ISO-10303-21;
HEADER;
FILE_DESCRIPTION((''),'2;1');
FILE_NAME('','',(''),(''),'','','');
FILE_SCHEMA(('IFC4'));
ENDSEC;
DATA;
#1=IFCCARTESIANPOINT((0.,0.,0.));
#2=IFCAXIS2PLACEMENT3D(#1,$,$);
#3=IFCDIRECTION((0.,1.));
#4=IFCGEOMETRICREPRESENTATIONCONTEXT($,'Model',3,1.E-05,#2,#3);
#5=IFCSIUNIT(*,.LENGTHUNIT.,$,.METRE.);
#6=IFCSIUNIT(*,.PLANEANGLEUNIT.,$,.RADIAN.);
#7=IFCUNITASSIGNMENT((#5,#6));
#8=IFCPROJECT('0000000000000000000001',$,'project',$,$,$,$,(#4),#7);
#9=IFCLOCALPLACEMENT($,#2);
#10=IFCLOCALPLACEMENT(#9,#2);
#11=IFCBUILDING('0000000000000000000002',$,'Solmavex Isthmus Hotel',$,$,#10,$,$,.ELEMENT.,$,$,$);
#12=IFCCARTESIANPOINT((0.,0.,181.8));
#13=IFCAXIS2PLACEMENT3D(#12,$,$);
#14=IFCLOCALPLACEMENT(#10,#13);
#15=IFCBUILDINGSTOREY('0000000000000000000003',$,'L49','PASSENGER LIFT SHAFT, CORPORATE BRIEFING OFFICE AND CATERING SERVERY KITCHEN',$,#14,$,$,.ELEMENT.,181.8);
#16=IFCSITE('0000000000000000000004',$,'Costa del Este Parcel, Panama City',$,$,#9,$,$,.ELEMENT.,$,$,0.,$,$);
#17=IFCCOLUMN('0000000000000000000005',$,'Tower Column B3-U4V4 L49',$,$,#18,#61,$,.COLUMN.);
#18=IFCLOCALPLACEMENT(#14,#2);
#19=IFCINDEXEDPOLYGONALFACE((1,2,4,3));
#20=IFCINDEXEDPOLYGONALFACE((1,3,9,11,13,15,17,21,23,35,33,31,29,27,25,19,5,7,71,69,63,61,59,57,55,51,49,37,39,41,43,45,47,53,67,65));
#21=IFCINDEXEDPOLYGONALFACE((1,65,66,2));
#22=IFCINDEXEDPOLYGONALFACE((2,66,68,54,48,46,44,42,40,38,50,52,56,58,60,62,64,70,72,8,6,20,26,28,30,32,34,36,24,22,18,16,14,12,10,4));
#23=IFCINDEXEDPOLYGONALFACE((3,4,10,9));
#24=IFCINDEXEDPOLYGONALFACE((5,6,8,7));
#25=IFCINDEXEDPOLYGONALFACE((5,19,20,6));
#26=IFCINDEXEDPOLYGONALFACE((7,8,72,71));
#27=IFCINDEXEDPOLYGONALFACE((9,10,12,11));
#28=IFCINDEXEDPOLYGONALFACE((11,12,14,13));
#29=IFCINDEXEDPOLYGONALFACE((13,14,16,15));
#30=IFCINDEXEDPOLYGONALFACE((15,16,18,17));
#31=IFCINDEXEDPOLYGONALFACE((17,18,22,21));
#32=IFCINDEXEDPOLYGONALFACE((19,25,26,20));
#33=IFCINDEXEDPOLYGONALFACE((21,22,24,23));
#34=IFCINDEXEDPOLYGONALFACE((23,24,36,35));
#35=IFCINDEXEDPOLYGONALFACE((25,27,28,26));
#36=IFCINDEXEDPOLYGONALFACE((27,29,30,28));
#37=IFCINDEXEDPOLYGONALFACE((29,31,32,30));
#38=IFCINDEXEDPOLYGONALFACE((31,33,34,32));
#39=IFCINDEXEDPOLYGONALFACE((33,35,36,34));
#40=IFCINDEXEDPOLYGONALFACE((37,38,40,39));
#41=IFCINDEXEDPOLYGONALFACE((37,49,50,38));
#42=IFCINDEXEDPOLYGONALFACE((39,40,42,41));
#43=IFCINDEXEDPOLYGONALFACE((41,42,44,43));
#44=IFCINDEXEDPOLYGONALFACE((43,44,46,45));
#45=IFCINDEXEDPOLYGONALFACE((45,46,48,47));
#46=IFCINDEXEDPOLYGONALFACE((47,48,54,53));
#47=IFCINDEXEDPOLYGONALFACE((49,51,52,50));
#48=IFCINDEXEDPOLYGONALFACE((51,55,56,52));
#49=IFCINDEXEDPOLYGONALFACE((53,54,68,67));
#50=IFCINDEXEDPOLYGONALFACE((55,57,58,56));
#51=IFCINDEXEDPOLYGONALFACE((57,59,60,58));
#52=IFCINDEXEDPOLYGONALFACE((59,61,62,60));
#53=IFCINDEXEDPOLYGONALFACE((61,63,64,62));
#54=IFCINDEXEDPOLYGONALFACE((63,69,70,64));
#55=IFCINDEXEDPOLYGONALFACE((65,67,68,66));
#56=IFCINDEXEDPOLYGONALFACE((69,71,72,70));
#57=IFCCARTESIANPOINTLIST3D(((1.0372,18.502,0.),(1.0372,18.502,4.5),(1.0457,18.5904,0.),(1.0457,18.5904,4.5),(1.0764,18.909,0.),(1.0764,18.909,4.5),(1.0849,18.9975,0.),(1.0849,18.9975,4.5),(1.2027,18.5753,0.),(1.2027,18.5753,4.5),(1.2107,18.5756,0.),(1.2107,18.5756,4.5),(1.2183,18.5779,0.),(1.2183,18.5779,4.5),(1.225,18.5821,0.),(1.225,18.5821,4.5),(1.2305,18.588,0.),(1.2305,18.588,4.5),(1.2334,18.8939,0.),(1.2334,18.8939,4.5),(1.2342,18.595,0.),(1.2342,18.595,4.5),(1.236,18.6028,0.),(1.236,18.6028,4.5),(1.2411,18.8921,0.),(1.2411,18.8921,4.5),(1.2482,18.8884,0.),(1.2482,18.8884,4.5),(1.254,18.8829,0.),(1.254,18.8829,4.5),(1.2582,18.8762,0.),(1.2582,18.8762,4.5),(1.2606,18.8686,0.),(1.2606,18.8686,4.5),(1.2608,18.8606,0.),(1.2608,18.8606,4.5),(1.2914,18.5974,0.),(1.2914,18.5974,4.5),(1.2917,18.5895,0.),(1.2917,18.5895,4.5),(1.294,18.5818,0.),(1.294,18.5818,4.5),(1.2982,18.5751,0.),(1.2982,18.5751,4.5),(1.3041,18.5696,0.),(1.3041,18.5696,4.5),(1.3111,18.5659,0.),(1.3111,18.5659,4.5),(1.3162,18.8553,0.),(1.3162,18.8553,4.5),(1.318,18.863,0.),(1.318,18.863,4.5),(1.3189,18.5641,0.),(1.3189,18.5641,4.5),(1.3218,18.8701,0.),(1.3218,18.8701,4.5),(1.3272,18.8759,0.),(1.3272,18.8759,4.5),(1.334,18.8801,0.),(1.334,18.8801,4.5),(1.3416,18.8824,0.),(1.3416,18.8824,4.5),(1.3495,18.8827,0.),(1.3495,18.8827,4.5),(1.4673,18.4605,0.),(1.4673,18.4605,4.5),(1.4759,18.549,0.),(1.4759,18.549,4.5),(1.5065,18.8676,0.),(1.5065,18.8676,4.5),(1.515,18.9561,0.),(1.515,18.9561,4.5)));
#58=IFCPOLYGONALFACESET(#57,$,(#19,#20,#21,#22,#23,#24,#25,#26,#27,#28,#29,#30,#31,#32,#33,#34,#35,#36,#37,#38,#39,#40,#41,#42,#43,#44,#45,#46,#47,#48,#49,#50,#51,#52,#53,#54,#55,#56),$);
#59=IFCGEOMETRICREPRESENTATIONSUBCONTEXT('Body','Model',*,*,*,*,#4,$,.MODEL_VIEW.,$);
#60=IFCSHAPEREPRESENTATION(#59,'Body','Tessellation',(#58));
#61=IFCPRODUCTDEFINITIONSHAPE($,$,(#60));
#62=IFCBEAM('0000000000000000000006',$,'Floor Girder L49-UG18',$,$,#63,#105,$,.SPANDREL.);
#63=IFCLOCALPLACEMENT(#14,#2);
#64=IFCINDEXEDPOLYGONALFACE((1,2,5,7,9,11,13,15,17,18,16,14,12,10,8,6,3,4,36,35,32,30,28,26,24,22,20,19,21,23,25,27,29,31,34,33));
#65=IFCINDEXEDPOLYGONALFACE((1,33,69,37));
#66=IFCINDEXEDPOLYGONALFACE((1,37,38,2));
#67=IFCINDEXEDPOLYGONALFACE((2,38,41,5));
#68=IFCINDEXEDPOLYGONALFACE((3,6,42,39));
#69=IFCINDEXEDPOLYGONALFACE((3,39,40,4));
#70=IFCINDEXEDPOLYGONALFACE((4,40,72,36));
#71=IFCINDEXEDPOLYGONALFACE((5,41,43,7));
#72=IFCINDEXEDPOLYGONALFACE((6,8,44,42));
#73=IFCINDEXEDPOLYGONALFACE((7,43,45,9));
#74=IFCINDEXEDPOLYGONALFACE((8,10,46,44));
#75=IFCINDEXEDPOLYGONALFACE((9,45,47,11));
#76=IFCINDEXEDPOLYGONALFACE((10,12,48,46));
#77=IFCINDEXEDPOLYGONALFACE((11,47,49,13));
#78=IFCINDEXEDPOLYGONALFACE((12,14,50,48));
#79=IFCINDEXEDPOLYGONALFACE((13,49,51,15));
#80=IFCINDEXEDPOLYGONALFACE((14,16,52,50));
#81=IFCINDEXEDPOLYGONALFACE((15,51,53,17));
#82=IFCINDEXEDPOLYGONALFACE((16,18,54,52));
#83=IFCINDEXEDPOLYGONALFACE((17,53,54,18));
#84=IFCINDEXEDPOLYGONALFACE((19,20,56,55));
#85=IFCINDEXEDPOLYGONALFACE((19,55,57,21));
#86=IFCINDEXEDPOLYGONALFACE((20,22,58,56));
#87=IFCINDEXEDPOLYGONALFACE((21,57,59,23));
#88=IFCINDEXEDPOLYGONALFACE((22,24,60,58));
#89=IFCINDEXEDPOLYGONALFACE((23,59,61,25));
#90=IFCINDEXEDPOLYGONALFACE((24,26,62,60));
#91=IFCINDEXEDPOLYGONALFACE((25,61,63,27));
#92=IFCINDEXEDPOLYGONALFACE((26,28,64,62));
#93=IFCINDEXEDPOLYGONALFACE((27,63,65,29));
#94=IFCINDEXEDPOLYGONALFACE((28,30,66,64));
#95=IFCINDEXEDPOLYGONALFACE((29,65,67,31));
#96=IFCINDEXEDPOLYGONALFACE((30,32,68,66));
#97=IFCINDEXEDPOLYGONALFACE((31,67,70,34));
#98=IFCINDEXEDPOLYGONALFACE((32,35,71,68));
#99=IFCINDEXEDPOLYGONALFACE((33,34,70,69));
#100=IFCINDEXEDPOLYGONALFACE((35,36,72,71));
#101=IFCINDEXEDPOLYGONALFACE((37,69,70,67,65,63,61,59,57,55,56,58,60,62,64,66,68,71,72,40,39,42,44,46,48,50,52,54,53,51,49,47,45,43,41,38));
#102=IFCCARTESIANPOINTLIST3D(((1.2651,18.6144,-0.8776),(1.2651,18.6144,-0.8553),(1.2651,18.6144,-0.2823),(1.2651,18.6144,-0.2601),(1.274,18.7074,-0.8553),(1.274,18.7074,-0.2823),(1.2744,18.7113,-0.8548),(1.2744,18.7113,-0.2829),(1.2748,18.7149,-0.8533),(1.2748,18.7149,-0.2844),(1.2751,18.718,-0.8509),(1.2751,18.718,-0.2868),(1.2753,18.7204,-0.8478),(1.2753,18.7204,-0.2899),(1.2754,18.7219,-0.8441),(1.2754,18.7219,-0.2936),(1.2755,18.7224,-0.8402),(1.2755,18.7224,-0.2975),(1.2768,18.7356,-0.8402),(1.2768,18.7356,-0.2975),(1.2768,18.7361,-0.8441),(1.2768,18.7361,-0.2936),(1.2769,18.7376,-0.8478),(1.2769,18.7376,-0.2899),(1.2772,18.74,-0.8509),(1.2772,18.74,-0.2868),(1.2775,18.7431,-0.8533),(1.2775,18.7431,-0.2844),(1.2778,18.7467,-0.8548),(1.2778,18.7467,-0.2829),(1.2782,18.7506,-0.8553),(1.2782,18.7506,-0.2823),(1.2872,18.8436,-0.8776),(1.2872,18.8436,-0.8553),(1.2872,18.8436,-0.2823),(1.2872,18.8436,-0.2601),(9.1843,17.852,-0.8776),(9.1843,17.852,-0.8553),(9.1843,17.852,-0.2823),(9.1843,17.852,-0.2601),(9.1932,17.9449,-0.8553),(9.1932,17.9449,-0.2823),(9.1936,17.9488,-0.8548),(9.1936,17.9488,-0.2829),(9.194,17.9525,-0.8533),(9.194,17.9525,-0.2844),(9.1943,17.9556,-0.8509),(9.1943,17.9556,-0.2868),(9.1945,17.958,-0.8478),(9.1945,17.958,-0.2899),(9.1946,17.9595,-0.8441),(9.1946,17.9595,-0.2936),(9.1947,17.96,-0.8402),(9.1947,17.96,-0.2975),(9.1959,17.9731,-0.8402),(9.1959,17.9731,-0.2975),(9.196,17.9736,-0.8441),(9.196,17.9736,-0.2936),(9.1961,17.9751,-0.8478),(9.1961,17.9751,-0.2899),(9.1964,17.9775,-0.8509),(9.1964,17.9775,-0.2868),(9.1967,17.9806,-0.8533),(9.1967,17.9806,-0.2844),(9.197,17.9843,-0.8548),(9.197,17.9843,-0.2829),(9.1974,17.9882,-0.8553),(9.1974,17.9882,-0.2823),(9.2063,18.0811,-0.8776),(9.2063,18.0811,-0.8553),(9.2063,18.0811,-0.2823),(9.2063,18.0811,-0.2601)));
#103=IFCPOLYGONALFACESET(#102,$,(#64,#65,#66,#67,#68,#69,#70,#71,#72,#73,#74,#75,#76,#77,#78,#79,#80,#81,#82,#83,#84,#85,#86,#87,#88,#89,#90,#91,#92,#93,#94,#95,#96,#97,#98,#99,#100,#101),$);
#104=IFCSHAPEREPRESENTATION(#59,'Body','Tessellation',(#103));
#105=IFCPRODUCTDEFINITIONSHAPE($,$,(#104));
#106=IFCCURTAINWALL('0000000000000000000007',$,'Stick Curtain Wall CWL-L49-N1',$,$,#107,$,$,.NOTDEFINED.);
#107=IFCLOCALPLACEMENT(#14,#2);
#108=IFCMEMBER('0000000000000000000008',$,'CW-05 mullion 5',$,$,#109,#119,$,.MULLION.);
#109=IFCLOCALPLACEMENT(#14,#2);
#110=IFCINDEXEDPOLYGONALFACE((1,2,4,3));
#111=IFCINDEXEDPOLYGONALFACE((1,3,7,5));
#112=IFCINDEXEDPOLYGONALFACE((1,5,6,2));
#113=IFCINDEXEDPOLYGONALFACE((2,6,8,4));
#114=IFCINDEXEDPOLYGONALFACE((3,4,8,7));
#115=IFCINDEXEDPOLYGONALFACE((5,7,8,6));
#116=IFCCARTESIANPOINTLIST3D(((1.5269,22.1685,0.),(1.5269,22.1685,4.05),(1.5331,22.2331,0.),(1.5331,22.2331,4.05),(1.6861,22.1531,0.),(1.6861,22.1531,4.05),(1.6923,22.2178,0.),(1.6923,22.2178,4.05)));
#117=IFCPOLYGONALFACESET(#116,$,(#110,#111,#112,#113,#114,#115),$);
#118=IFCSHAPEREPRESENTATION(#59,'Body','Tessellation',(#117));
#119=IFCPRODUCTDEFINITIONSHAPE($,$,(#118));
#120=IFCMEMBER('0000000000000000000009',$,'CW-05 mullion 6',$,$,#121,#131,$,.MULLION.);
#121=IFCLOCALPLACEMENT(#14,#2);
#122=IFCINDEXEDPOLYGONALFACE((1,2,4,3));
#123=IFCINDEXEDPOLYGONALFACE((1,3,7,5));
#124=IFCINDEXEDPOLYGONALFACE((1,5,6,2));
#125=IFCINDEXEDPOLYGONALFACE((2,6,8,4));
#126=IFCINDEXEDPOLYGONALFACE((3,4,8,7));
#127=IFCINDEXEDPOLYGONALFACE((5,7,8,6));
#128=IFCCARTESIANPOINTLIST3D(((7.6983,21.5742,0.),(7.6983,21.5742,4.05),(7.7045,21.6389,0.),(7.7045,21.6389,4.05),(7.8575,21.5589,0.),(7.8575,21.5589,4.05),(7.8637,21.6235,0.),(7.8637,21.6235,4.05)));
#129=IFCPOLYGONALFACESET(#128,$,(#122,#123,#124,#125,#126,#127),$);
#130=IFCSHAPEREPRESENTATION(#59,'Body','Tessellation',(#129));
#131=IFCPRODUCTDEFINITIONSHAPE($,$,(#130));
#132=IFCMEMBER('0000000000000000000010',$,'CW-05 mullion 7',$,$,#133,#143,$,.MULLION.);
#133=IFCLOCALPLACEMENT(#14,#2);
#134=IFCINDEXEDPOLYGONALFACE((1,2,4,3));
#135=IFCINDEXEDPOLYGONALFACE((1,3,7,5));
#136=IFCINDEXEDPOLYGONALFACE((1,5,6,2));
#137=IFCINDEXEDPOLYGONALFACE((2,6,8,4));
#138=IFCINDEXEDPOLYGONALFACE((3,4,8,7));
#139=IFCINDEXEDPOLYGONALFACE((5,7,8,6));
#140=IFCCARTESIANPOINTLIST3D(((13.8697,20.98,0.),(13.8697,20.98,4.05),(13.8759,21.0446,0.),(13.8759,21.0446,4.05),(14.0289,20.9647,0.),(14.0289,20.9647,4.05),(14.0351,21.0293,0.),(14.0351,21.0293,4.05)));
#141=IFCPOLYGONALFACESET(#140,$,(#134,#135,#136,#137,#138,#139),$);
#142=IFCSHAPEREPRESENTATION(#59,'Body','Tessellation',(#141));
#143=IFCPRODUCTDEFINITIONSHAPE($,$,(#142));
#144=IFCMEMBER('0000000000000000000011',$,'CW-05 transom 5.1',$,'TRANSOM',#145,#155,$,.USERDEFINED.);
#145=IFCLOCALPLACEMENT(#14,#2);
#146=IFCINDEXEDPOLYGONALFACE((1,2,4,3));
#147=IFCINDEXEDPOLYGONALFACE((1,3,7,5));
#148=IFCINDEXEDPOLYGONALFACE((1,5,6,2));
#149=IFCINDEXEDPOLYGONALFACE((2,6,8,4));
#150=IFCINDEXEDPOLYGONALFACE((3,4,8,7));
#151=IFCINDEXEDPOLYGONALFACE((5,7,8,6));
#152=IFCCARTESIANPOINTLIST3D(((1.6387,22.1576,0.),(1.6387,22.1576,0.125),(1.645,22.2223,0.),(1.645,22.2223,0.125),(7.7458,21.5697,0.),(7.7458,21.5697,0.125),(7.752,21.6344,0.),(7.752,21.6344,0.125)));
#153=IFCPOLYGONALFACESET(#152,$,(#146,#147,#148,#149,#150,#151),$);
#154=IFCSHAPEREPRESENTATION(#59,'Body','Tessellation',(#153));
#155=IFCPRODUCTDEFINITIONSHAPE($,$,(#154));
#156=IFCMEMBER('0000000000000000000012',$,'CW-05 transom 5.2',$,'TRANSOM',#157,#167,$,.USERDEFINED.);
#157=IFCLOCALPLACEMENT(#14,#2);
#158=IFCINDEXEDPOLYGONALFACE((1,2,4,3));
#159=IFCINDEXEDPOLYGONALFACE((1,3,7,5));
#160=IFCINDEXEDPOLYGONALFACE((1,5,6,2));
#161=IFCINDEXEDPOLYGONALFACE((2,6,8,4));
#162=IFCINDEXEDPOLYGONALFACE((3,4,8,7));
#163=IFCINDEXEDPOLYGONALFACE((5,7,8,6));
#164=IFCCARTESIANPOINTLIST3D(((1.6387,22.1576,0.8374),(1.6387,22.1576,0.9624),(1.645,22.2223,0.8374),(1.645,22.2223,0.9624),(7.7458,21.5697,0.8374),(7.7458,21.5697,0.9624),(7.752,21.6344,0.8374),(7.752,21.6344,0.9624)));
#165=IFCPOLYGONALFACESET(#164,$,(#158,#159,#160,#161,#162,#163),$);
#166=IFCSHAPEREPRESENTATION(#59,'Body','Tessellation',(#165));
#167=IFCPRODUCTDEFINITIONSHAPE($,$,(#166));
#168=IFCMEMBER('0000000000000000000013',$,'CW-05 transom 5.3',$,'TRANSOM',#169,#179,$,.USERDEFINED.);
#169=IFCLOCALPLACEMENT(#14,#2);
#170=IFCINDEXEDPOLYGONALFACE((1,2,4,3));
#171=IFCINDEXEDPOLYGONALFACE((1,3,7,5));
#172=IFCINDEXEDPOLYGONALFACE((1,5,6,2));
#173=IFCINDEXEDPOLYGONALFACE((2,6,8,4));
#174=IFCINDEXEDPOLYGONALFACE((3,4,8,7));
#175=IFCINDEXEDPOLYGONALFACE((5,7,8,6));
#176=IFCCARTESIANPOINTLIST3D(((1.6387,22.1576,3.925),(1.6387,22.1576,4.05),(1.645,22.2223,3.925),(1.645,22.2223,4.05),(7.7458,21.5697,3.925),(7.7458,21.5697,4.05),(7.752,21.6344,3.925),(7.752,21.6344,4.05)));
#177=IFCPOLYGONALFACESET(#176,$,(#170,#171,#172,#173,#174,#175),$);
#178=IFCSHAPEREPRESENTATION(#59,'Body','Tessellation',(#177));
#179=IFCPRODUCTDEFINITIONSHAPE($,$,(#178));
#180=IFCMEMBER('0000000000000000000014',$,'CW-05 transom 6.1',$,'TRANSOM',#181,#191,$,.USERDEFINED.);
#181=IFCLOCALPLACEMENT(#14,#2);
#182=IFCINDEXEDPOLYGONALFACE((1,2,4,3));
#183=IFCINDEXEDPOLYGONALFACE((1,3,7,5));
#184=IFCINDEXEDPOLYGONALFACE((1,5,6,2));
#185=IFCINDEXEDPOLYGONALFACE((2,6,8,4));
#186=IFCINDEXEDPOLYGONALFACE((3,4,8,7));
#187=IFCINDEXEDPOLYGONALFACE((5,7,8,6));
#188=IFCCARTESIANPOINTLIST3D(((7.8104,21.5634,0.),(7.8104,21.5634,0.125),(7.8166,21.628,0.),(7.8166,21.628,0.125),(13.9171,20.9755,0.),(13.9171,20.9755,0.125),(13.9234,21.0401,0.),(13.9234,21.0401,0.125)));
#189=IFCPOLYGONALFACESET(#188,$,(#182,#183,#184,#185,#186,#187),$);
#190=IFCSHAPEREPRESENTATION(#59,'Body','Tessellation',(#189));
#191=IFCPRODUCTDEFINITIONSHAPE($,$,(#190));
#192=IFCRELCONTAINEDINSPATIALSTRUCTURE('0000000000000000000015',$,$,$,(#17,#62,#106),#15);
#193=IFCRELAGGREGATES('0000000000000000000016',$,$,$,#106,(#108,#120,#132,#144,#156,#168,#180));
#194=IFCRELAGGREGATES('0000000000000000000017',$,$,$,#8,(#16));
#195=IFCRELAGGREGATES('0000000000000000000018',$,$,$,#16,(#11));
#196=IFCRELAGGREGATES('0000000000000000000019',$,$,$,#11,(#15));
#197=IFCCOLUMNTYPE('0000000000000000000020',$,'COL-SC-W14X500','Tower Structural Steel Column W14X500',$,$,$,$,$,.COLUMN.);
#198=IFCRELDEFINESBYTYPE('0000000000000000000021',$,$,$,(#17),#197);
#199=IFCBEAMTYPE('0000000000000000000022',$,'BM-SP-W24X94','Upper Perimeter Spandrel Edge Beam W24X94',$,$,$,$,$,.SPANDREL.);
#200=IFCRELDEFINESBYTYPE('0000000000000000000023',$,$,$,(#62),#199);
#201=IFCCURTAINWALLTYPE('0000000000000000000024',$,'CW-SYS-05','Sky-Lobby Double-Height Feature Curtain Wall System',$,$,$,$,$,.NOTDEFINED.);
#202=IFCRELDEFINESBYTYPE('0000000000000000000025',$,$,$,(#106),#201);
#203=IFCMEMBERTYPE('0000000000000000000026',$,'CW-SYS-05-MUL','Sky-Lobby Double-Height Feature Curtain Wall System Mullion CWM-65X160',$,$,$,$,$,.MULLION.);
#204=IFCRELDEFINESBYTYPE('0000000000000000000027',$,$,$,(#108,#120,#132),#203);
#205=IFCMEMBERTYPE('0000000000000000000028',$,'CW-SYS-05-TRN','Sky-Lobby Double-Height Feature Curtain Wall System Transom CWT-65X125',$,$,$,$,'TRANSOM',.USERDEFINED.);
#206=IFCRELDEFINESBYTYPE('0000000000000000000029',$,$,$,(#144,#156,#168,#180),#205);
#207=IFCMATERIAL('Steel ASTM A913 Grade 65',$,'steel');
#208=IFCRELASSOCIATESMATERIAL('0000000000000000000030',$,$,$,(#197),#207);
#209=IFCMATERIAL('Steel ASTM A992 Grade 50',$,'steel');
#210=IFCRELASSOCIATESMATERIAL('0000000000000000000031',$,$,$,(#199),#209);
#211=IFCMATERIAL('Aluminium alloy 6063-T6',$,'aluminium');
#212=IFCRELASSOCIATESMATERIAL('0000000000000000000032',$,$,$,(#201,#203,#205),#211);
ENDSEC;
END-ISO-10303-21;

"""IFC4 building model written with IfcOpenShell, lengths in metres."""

from ifc_helpers import new_model, si_unit, direction, frame, origin, origin_2d, place, context, subcontext, project, spatial, rectangle, i_section, extrude, material, material_profile, profile_set, type_object, element, aggregate, save


model = new_model("IFC4")

# Units and contexts
model_context = context("Model", 3, precision=1e-05, world=origin(), true_north=direction((0.0, 1.0)))
body_context = subcontext(model_context, "Body", "Model", "MODEL_VIEW")
ifc_project = project(units=[si_unit("LENGTHUNIT", "METRE"), si_unit("PLANEANGLEUNIT", "RADIAN")], contexts=[model_context])

# Site, building, storey
site_placement = place(None, origin())
site = spatial("IfcSite", under=ifc_project, at=site_placement, Name="Costa del Este Parcel, Panama City", CompositionType="ELEMENT", RefElevation=0.0)
building_placement = place(site_placement, origin())
building = spatial("IfcBuilding", under=site, at=building_placement, Name="Solmavex Isthmus Hotel", CompositionType="ELEMENT")
storey_placement = place(building_placement, frame((0.0, 0.0, 181.8)))
storey = spatial("IfcBuildingStorey", under=building, at=storey_placement, Name="L49", Description="PASSENGER LIFT SHAFT, CORPORATE BRIEFING OFFICE AND CATERING SERVERY KITCHEN", CompositionType="ELEMENT", Elevation=181.8)

# Column
ifc_material_1 = material(Name="Steel ASTM A913 Grade 65", Category="steel")
ifc_material_profile_1 = material_profile(ifc_material_1, i_section(OverallWidth=0.4321, OverallDepth=0.4978, WebThickness=0.0557, FlangeThickness=0.0889, FilletRadius=0.0305, at=origin_2d()), Name="W14X500")
ifc_profile_set_1 = profile_set([ifc_material_profile_1], Name="Steel ASTM A913 Grade 65")
column_type = type_object("IfcColumnType", Name="COL-SC-W14X500", Description="Tower Structural Steel Column W14X500", PredefinedType="COLUMN", material=ifc_profile_set_1)
column_placement = place(storey_placement, frame((1.2761, 18.729, 0.0), z_axis=(0.0, 0.0, 1.0), x_axis=(0.995396, -0.095846, 0.0)))
element("IfcColumn", 1, at=column_placement, inside=storey, type_object=column_type, Name="Tower Column B3-U4V4 L49", PredefinedType="COLUMN", context=body_context, shape_type="SweptSolid", body=[
    extrude(i_section(OverallWidth=0.4321, OverallDepth=0.4978, WebThickness=0.0557, FlangeThickness=0.0889, FilletRadius=0.0305, at=origin_2d()), origin(), (0.0, 0.0, 1.0), 4.5),
])

# Beam
ifc_material_2 = material(Name="Steel ASTM A992 Grade 50", Category="steel")
ifc_material_profile_2 = material_profile(ifc_material_2, i_section(OverallWidth=0.2302, OverallDepth=0.6174, WebThickness=0.0132, FlangeThickness=0.0222, FilletRadius=0.0151, at=origin_2d()), Name="W24X94")
ifc_profile_set_2 = profile_set([ifc_material_profile_2], Name="Steel ASTM A992 Grade 50")
beam_type = type_object("IfcBeamType", Name="BM-SP-W24X94", Description="Upper Perimeter Spandrel Edge Beam W24X94", PredefinedType="SPANDREL", material=ifc_profile_set_2)
beam_placement = place(storey_placement, frame((1.2761, 18.729, -0.5688), z_axis=(0.995397, -0.095836, 0.0), x_axis=(0.095836, 0.995397, 0.0)))
element("IfcBeam", 2, at=beam_placement, inside=storey, type_object=beam_type, Name="Floor Girder L49-UG18", PredefinedType="SPANDREL", context=body_context, shape_type="SweptSolid", body=[
    extrude(i_section(OverallWidth=0.2302, OverallDepth=0.6174, WebThickness=0.0132, FlangeThickness=0.0222, FilletRadius=0.0151, at=origin_2d()), origin(), (0.0, 0.0, 1.0), 7.9558),
])

# Curtain wall, members
ifc_material_3 = material(Name="Aluminium alloy 6063-T6", Category="aluminium")
curtain_wall_type = type_object("IfcCurtainWallType", Name="CW-SYS-05", Description="Sky-Lobby Double-Height Feature Curtain Wall System", PredefinedType="NOTDEFINED", material=ifc_material_3)
curtain_wall_placement = place(storey_placement, origin())
curtain_wall = element("IfcCurtainWall", 3, at=curtain_wall_placement, inside=storey, type_object=curtain_wall_type, Name="Stick Curtain Wall CWL-L49-N1", PredefinedType="NOTDEFINED")
ifc_material_profile_3 = material_profile(ifc_material_3, rectangle(XDim=0.0649, YDim=0.1599, at=origin_2d()), Name="CWM-65X160")
ifc_profile_set_3 = profile_set([ifc_material_profile_3], Name="Aluminium alloy 6063-T6")
member_type_1 = type_object("IfcMemberType", Name="CW-SYS-05-MUL", Description="Sky-Lobby Double-Height Feature Curtain Wall System Mullion CWM-65X160", PredefinedType="MULLION", material=ifc_profile_set_3)
member_1_placement = place(storey_placement, frame((1.6096, 22.1931, 0.0), z_axis=(0.0, 0.0, 1.0), x_axis=(0.095846, 0.995396, 0.0)))
member_1 = element("IfcMember", 4, at=member_1_placement, type_object=member_type_1, Name="CW-05 mullion 5", PredefinedType="MULLION", context=body_context, shape_type="SweptSolid", body=[
    extrude(rectangle(XDim=0.0649, YDim=0.1599, at=origin_2d()), origin(), (0.0, 0.0, 1.0), 4.05),
])
member_2_placement = place(storey_placement, frame((7.781, 21.5989, 0.0), z_axis=(0.0, 0.0, 1.0), x_axis=(0.095846, 0.995396, 0.0)))
member_2 = element("IfcMember", 5, at=member_2_placement, type_object=member_type_1, Name="CW-05 mullion 6", PredefinedType="MULLION", context=body_context, shape_type="SweptSolid", body=[
    extrude(rectangle(XDim=0.0649, YDim=0.1599, at=origin_2d()), origin(), (0.0, 0.0, 1.0), 4.05),
])
member_3_placement = place(storey_placement, frame((13.9524, 21.0046, 0.0), z_axis=(0.0, 0.0, 1.0), x_axis=(0.095846, 0.995396, 0.0)))
member_3 = element("IfcMember", 6, at=member_3_placement, type_object=member_type_1, Name="CW-05 mullion 7", PredefinedType="MULLION", context=body_context, shape_type="SweptSolid", body=[
    extrude(rectangle(XDim=0.0649, YDim=0.1599, at=origin_2d()), origin(), (0.0, 0.0, 1.0), 4.05),
])
ifc_material_profile_4 = material_profile(ifc_material_3, rectangle(XDim=0.0649, YDim=0.125, at=origin_2d()), Name="CWT-65X125")
ifc_profile_set_4 = profile_set([ifc_material_profile_4], Name="Aluminium alloy 6063-T6")
member_type_2 = type_object("IfcMemberType", Name="CW-SYS-05-TRN", Description="Sky-Lobby Double-Height Feature Curtain Wall System Transom CWT-65X125", ElementType="TRANSOM", PredefinedType="USERDEFINED", material=ifc_profile_set_4)
member_4_placement = place(storey_placement, frame((1.6418, 22.1899, 0.0625), z_axis=(0.995398, -0.095823, 0.0), x_axis=(0.095823, 0.995398, 0.0)))
member_4 = element("IfcMember", 7, at=member_4_placement, type_object=member_type_2, Name="CW-05 transom 5.1", ObjectType="TRANSOM", PredefinedType="USERDEFINED", context=body_context, shape_type="SweptSolid", body=[
    extrude(rectangle(XDim=0.0649, YDim=0.125, at=origin_2d()), origin(), (0.0, 0.0, 1.0), 6.1353),
])
member_5_placement = place(storey_placement, frame((1.6418, 22.1899, 0.8999), z_axis=(0.995398, -0.095823, 0.0), x_axis=(0.095823, 0.995398, 0.0)))
member_5 = element("IfcMember", 8, at=member_5_placement, type_object=member_type_2, Name="CW-05 transom 5.2", ObjectType="TRANSOM", PredefinedType="USERDEFINED", context=body_context, shape_type="SweptSolid", body=[
    extrude(rectangle(XDim=0.0649, YDim=0.125, at=origin_2d()), origin(), (0.0, 0.0, 1.0), 6.1353),
])
member_6_placement = place(storey_placement, frame((1.6418, 22.1899, 3.9875), z_axis=(0.995398, -0.095823, 0.0), x_axis=(0.095823, 0.995398, 0.0)))
member_6 = element("IfcMember", 9, at=member_6_placement, type_object=member_type_2, Name="CW-05 transom 5.3", ObjectType="TRANSOM", PredefinedType="USERDEFINED", context=body_context, shape_type="SweptSolid", body=[
    extrude(rectangle(XDim=0.0649, YDim=0.125, at=origin_2d()), origin(), (0.0, 0.0, 1.0), 6.1353),
])
member_7_placement = place(storey_placement, frame((7.8135, 21.5957, 0.0625), z_axis=(0.995398, -0.095827, 0.0), x_axis=(0.095827, 0.995398, 0.0)))
member_7 = element("IfcMember", 10, at=member_7_placement, type_object=member_type_2, Name="CW-05 transom 6.1", ObjectType="TRANSOM", PredefinedType="USERDEFINED", context=body_context, shape_type="SweptSolid", body=[
    extrude(rectangle(XDim=0.0649, YDim=0.125, at=origin_2d()), origin(), (0.0, 0.0, 1.0), 6.135),
])
aggregate(curtain_wall, [member_1, member_2, member_3, member_4, member_5, member_6, member_7])

save(model, "model.ifc")
